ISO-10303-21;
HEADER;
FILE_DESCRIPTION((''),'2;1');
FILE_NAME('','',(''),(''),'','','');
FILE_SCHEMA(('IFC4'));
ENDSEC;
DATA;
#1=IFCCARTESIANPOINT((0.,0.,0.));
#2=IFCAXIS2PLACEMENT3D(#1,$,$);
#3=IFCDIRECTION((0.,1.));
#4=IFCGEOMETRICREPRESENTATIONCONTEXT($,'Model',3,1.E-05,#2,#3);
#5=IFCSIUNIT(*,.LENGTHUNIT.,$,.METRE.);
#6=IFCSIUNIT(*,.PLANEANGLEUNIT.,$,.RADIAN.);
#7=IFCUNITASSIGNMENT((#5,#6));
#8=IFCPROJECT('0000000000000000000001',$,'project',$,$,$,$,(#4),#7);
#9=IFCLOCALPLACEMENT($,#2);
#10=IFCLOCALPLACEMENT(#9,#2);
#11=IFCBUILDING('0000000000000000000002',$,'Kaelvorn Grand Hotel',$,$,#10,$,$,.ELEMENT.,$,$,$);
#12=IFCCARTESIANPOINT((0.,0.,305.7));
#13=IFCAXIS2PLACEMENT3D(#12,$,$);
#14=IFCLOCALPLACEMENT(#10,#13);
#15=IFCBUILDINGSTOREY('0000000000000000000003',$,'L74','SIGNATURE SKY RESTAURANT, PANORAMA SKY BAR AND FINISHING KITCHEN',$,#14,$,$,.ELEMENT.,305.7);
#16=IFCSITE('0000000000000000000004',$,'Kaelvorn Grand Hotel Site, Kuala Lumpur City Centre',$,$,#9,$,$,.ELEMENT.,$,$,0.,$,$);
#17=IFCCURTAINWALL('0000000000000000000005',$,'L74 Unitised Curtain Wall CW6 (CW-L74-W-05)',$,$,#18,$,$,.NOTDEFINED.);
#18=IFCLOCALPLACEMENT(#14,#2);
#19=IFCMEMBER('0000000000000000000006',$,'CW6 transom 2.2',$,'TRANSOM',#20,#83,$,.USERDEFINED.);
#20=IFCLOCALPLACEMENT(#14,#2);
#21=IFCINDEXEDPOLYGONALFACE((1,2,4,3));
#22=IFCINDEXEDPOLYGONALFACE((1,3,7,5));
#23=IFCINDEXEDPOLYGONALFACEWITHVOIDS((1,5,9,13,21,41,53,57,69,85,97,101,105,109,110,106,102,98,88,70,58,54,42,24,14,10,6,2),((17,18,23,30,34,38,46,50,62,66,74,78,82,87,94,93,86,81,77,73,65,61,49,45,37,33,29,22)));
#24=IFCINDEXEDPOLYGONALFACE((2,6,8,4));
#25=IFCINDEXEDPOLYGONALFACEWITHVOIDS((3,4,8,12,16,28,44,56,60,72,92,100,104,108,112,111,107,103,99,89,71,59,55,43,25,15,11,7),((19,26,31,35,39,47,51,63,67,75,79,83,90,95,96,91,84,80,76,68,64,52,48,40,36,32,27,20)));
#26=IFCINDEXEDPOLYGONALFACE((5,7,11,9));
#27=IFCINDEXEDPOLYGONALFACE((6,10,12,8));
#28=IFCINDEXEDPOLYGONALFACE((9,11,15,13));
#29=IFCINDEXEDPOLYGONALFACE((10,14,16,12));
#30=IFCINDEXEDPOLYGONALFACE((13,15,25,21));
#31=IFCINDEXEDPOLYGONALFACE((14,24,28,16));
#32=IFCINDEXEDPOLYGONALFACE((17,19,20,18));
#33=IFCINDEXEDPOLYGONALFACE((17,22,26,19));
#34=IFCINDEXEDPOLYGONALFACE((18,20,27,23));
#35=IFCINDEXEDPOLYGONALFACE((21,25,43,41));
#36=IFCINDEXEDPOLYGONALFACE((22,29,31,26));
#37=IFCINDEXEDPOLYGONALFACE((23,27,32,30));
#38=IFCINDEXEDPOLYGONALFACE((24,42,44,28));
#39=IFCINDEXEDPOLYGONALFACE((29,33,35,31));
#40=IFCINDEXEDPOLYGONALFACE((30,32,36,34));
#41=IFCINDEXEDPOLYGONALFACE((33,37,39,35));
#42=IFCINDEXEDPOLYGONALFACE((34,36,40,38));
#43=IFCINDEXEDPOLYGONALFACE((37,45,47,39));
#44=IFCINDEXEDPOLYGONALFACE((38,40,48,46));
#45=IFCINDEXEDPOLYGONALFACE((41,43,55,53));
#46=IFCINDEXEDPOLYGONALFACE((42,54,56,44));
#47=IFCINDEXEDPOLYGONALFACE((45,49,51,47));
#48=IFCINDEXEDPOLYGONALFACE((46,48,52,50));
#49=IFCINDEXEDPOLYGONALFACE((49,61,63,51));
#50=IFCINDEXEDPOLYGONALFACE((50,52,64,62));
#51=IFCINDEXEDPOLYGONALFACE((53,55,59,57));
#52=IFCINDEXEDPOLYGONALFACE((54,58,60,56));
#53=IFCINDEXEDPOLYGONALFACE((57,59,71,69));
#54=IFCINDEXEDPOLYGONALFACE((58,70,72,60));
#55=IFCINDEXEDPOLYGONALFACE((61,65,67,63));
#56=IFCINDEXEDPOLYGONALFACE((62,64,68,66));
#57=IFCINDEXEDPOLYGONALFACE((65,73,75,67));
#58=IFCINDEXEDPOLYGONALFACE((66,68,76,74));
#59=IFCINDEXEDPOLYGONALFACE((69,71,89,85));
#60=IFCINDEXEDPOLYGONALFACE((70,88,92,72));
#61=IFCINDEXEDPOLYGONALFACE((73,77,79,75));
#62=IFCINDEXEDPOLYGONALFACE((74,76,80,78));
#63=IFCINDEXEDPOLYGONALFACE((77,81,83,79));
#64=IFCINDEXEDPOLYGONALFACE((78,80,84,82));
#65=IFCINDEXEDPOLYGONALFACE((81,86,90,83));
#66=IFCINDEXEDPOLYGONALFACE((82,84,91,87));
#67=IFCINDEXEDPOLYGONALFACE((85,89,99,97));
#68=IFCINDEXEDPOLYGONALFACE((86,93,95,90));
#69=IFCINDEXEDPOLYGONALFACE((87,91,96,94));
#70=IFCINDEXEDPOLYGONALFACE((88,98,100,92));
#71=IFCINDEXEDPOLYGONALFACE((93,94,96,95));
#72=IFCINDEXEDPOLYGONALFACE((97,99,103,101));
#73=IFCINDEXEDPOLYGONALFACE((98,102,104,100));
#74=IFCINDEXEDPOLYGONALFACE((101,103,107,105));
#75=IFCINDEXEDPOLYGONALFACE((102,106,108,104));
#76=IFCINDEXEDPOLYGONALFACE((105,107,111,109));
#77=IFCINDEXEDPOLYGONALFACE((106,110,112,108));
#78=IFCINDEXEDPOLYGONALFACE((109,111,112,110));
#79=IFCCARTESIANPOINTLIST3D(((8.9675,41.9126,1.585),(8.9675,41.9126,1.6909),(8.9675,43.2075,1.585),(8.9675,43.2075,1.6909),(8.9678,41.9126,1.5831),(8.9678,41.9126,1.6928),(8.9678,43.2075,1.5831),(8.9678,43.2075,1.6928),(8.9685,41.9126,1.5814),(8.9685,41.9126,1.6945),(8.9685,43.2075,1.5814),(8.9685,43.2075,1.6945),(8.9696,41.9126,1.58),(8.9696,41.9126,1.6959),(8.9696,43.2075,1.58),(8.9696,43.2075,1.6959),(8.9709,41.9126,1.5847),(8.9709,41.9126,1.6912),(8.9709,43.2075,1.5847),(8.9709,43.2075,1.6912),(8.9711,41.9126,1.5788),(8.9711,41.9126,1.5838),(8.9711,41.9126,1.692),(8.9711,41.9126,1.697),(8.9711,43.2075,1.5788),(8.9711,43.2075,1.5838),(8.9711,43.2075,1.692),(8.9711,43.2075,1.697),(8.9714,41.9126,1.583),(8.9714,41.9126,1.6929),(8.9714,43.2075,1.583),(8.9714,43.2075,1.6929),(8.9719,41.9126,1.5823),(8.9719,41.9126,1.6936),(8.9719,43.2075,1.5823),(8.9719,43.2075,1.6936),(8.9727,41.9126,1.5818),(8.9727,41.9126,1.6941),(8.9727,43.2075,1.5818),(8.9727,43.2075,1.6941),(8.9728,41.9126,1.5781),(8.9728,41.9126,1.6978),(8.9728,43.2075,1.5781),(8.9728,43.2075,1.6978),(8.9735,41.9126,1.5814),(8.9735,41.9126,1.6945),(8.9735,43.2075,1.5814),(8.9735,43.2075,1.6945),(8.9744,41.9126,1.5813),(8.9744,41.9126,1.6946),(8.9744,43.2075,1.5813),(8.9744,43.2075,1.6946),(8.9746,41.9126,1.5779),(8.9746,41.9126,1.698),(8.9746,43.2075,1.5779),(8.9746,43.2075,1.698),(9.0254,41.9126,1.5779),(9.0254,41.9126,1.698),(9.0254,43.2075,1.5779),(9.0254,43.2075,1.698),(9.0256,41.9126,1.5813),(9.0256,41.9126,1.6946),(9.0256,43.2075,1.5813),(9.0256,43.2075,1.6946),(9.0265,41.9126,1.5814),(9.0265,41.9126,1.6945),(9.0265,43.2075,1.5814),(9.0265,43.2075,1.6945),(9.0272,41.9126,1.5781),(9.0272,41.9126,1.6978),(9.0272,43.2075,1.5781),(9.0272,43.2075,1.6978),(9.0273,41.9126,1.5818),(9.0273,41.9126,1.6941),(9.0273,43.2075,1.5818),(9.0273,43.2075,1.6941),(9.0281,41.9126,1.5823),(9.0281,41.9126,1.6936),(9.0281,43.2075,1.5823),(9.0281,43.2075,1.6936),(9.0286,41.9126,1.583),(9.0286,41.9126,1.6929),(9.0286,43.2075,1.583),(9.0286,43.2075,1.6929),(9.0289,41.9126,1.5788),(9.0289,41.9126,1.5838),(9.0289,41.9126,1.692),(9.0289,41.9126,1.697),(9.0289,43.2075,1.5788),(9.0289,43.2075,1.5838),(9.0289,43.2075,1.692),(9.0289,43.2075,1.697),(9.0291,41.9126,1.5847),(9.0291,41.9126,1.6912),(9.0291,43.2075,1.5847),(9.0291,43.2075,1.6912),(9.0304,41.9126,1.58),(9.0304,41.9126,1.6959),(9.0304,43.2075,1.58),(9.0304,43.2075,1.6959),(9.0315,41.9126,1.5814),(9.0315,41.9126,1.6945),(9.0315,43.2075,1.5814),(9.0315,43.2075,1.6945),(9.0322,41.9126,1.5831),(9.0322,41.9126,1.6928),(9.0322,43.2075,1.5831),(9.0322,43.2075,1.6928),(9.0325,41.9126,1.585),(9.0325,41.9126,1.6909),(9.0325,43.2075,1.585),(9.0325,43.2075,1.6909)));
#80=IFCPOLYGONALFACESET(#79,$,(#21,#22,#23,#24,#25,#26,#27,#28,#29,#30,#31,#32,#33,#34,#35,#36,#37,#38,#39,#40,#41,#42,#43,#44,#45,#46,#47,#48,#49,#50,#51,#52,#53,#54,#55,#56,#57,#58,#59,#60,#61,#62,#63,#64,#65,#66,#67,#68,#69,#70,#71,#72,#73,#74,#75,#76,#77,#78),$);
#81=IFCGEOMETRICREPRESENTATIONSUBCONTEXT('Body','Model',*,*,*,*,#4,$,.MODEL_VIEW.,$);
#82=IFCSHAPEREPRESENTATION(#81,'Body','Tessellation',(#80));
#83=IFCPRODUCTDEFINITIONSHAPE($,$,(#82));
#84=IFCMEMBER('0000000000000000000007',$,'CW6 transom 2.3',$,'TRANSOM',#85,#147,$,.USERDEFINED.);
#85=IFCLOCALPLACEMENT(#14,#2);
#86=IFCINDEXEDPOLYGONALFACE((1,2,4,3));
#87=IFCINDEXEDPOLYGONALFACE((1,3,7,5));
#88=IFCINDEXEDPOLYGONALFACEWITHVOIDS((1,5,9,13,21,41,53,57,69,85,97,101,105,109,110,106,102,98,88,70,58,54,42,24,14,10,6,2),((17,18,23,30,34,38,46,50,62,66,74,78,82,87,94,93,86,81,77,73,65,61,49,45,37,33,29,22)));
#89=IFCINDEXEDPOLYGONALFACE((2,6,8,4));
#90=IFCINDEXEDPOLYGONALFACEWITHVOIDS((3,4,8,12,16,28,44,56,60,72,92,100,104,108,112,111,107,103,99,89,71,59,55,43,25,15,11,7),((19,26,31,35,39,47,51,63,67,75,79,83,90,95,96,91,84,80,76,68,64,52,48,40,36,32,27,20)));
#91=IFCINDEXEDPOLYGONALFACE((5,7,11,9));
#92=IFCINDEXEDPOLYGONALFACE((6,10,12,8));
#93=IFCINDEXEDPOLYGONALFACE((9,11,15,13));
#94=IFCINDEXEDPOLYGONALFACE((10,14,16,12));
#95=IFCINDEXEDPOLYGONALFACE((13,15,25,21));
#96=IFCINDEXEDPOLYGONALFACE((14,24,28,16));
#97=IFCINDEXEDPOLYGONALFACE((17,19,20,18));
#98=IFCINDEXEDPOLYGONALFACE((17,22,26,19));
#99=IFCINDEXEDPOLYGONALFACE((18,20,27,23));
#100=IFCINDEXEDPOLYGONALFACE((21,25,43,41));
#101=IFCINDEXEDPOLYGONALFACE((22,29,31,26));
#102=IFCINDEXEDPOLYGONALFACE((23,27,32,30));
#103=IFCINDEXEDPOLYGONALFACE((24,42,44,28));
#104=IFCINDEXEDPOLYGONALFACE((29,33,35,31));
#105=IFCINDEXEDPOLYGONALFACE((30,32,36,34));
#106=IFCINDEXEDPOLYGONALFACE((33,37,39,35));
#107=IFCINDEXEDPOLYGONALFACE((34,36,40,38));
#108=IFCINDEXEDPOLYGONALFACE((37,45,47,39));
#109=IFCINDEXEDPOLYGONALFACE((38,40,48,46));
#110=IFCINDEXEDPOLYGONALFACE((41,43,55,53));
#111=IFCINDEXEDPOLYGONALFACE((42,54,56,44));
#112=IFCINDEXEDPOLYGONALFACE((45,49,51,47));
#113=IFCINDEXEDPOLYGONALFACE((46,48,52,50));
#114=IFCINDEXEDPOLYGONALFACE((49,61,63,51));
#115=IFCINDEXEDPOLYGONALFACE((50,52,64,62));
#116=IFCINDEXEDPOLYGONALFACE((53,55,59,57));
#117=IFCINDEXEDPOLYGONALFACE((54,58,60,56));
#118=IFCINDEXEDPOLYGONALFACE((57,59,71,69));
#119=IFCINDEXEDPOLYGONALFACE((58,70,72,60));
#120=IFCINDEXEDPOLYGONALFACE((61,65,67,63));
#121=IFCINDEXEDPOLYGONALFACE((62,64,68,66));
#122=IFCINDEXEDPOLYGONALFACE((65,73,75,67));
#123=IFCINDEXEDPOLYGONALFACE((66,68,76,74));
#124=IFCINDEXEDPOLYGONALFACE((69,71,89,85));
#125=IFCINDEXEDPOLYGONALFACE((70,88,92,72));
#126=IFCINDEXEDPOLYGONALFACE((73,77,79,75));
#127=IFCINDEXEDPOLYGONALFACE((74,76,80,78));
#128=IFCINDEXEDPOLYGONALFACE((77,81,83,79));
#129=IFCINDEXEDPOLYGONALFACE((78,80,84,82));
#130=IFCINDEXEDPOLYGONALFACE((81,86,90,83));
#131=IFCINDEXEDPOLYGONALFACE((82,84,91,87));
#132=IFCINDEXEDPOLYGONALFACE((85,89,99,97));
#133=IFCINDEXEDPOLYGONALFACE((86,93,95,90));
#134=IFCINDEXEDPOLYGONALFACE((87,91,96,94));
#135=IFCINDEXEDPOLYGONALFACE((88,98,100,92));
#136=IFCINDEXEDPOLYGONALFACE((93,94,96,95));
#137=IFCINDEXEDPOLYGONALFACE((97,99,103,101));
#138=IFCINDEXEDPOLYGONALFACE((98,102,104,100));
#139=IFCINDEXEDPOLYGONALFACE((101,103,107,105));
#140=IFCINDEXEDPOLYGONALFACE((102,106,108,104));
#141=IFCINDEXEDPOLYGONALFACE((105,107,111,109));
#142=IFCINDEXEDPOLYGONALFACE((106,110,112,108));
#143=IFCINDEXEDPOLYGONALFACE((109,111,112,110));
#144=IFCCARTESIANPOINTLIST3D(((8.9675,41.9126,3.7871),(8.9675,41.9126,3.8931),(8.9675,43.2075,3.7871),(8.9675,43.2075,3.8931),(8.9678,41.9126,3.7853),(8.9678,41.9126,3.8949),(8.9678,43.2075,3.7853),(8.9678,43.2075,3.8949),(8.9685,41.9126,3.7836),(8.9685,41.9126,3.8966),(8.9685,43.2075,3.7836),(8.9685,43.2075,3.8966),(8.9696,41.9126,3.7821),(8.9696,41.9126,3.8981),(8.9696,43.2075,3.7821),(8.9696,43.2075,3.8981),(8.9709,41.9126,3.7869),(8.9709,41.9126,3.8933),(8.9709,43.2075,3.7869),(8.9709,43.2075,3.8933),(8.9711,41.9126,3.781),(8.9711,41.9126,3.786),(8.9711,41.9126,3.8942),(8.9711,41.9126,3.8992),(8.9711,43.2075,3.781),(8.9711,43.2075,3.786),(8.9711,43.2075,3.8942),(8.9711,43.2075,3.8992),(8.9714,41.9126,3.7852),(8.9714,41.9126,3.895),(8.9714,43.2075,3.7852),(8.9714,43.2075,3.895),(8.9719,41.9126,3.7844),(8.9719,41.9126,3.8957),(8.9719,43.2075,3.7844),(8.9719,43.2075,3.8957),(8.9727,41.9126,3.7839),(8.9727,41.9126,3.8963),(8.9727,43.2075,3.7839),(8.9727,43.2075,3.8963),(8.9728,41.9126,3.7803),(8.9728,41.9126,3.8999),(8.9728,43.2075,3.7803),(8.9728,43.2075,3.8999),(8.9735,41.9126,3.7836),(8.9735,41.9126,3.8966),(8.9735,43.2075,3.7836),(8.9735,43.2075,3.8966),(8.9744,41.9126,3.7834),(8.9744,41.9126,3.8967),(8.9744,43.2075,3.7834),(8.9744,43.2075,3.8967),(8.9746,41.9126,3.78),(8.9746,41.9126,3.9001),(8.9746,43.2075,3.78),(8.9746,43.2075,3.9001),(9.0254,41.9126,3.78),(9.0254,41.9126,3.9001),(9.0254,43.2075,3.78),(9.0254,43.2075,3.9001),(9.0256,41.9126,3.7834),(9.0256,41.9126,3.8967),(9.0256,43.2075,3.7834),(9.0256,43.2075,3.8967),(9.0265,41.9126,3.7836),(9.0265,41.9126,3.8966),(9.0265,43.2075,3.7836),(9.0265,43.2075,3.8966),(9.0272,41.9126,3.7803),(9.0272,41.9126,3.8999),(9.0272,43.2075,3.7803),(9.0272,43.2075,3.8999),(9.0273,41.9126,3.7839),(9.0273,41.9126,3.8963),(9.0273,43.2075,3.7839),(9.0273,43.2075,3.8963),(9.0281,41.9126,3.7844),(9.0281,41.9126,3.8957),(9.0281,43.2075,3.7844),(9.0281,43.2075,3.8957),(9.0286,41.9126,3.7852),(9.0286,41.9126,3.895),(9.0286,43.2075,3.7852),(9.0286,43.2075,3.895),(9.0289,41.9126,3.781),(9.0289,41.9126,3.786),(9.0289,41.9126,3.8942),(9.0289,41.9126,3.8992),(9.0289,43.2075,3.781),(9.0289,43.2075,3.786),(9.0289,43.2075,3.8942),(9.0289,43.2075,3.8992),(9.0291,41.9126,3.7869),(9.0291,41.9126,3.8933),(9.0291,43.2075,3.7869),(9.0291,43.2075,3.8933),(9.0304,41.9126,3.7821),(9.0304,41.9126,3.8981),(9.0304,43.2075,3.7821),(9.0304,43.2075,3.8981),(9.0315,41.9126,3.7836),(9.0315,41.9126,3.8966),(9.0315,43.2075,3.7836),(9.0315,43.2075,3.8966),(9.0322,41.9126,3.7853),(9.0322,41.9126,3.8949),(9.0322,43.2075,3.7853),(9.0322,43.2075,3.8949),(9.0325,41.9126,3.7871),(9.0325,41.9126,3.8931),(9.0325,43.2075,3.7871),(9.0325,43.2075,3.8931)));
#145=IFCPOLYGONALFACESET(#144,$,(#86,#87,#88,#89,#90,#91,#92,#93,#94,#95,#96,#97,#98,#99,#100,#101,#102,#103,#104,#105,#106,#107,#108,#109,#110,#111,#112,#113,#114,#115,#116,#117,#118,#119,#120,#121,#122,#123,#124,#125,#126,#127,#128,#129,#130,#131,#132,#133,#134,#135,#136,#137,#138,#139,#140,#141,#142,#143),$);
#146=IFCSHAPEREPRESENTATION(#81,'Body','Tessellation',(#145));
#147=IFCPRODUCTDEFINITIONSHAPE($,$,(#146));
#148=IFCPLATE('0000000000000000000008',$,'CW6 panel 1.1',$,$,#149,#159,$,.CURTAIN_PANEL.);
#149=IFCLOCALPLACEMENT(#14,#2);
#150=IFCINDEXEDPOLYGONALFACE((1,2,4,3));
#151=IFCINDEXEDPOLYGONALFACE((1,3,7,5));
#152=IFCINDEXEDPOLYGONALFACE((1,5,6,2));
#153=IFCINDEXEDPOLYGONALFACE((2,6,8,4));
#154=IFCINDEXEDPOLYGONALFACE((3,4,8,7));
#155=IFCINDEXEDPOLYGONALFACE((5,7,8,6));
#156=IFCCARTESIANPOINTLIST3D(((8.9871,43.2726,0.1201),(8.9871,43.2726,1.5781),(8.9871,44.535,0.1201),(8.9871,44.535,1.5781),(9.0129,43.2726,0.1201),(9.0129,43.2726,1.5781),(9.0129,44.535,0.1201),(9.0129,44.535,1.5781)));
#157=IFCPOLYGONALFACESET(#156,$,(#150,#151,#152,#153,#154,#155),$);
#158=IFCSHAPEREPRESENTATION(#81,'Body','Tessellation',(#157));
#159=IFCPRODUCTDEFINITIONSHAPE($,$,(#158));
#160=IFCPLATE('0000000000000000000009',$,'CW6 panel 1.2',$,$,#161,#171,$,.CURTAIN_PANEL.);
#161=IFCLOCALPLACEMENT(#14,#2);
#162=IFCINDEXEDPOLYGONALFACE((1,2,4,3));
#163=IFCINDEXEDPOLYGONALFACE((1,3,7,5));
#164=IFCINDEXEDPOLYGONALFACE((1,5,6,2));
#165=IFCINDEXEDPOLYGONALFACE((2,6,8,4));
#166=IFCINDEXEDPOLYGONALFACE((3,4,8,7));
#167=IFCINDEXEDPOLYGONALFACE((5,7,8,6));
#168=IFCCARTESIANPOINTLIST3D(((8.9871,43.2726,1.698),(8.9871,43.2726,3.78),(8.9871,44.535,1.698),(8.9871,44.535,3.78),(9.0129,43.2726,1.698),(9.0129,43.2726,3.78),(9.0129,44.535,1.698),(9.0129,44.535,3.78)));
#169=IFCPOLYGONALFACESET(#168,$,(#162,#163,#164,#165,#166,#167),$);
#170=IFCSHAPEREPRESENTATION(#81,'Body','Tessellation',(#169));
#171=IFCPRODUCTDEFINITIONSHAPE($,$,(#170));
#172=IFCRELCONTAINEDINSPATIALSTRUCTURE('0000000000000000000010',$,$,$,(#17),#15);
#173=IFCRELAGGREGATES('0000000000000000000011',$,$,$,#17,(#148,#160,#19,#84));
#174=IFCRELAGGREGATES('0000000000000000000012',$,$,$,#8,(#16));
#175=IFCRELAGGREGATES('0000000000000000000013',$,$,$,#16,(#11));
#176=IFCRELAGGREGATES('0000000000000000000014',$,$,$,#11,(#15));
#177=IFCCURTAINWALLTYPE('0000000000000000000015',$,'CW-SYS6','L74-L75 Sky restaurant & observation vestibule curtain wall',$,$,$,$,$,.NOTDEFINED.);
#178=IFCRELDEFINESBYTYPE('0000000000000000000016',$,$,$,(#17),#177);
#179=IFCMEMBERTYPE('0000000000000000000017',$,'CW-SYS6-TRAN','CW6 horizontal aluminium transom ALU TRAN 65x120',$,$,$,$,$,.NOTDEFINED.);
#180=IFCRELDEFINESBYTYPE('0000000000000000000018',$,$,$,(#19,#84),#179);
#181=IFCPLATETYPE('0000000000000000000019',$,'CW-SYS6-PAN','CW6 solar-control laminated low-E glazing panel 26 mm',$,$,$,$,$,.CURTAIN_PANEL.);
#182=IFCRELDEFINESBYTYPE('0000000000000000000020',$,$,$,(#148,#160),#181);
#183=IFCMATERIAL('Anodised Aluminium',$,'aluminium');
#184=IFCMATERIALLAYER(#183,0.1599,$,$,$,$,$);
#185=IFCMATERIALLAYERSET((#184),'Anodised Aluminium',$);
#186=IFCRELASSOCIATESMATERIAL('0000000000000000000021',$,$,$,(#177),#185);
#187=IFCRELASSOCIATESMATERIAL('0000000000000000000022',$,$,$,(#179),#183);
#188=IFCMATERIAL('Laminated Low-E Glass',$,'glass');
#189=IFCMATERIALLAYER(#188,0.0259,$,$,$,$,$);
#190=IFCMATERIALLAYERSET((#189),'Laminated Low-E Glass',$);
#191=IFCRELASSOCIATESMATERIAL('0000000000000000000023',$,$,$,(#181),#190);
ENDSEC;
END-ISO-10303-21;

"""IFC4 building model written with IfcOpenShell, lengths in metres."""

from ifc_helpers import new_model, si_unit, direction, frame, origin, origin_2d, place, context, subcontext, project, spatial, rectangle, hollow_rectangle, extrude, material, layer, layer_set, material_profile, profile_set, type_object, element, aggregate, save


model = new_model("IFC4")

# Units and contexts
model_context = context("Model", 3, precision=1e-05, world=origin(), true_north=direction((0.0, 1.0)))
body_context = subcontext(model_context, "Body", "Model", "MODEL_VIEW")
ifc_project = project(units=[si_unit("LENGTHUNIT", "METRE"), si_unit("PLANEANGLEUNIT", "RADIAN")], contexts=[model_context])

# Site, building, storey
site_placement = place(None, origin())
site = spatial("IfcSite", under=ifc_project, at=site_placement, Name="Kaelvorn Grand Hotel Site, Kuala Lumpur City Centre", CompositionType="ELEMENT", RefElevation=0.0)
building_placement = place(site_placement, origin())
building = spatial("IfcBuilding", under=site, at=building_placement, Name="Kaelvorn Grand Hotel", CompositionType="ELEMENT")
storey_placement = place(building_placement, frame((0.0, 0.0, 305.7)))
storey = spatial("IfcBuildingStorey", under=building, at=storey_placement, Name="L74", Description="SIGNATURE SKY RESTAURANT, PANORAMA SKY BAR AND FINISHING KITCHEN", CompositionType="ELEMENT", Elevation=305.7)

# Curtain wall, members, plates
ifc_material_1 = material(Name="Anodised Aluminium", Category="aluminium")
ifc_layer_1 = layer(ifc_material_1, 0.1599)
ifc_layer_set_1 = layer_set([ifc_layer_1], Name="Anodised Aluminium")
curtain_wall_type = type_object("IfcCurtainWallType", Name="CW-SYS6", Description="L74-L75 Sky restaurant & observation vestibule curtain wall", PredefinedType="NOTDEFINED", material=ifc_layer_set_1)
curtain_wall_placement = place(storey_placement, origin())
curtain_wall = element("IfcCurtainWall", 1, at=curtain_wall_placement, inside=storey, type_object=curtain_wall_type, Name="L74 Unitised Curtain Wall CW6 (CW-L74-W-05)", PredefinedType="NOTDEFINED")
ifc_material_profile_1 = material_profile(ifc_material_1, hollow_rectangle(XDim=0.0649, YDim=0.1201, WallThickness=0.0034, InnerFilletRadius=0.0034, OuterFilletRadius=0.0071, at=origin_2d()), Name="ALU TRAN 65x120")
ifc_profile_set_1 = profile_set([ifc_material_profile_1], Name="Anodised Aluminium")
member_type_1 = type_object("IfcMemberType", Name="CW-SYS6-TRAN", Description="CW6 horizontal aluminium transom ALU TRAN 65x120", PredefinedType="NOTDEFINED", material=ifc_profile_set_1)
member_1_placement = place(storey_placement, frame((9.0, 43.2075, 1.6379), z_axis=(0.0, -1.0, 0.0), x_axis=(1.0, 0.0, 0.0)))
member_1 = element("IfcMember", 2, at=member_1_placement, type_object=member_type_1, Name="CW6 transom 2.2", ObjectType="TRANSOM", PredefinedType="USERDEFINED", context=body_context, shape_type="SweptSolid", body=[
    extrude(hollow_rectangle(XDim=0.0649, YDim=0.1201, WallThickness=0.0034, InnerFilletRadius=0.0034, OuterFilletRadius=0.0071, at=origin_2d()), origin(), (0.0, 0.0, 1.0), 1.2949),
])
member_2_placement = place(storey_placement, frame((9.0, 43.2075, 3.8401), z_axis=(0.0, -1.0, 0.0), x_axis=(1.0, 0.0, 0.0)))
member_2 = element("IfcMember", 3, at=member_2_placement, type_object=member_type_1, Name="CW6 transom 2.3", ObjectType="TRANSOM", PredefinedType="USERDEFINED", context=body_context, shape_type="SweptSolid", body=[
    extrude(hollow_rectangle(XDim=0.0649, YDim=0.1201, WallThickness=0.0034, InnerFilletRadius=0.0034, OuterFilletRadius=0.0071, at=origin_2d()), origin(), (0.0, 0.0, 1.0), 1.2949),
])
ifc_material_2 = material(Name="Laminated Low-E Glass", Category="glass")
ifc_layer_2 = layer(ifc_material_2, 0.0259)
ifc_layer_set_2 = layer_set([ifc_layer_2], Name="Laminated Low-E Glass")
plate_type = type_object("IfcPlateType", Name="CW-SYS6-PAN", Description="CW6 solar-control laminated low-E glazing panel 26 mm", PredefinedType="CURTAIN_PANEL", material=ifc_layer_set_2)
plate_1_placement = place(storey_placement, frame((9.0, 43.9038, 0.1201), z_axis=(0.0, 0.0, 1.0), x_axis=(0.0, -1.0, 0.0)))
plate_1 = element("IfcPlate", 4, at=plate_1_placement, type_object=plate_type, Name="CW6 panel 1.1", PredefinedType="CURTAIN_PANEL", context=body_context, shape_type="SweptSolid", body=[
    extrude(rectangle(XDim=1.2625, YDim=0.0259, at=origin_2d()), origin(), (0.0, 0.0, 1.0), 1.458),
])
plate_2_placement = place(storey_placement, frame((9.0, 43.9038, 1.698), z_axis=(0.0, 0.0, 1.0), x_axis=(0.0, -1.0, 0.0)))
plate_2 = element("IfcPlate", 5, at=plate_2_placement, type_object=plate_type, Name="CW6 panel 1.2", PredefinedType="CURTAIN_PANEL", context=body_context, shape_type="SweptSolid", body=[
    extrude(rectangle(XDim=1.2625, YDim=0.0259, at=origin_2d()), origin(), (0.0, 0.0, 1.0), 2.082),
])
aggregate(curtain_wall, [plate_1, plate_2, member_1, member_2])

save(model, "model.ifc")
